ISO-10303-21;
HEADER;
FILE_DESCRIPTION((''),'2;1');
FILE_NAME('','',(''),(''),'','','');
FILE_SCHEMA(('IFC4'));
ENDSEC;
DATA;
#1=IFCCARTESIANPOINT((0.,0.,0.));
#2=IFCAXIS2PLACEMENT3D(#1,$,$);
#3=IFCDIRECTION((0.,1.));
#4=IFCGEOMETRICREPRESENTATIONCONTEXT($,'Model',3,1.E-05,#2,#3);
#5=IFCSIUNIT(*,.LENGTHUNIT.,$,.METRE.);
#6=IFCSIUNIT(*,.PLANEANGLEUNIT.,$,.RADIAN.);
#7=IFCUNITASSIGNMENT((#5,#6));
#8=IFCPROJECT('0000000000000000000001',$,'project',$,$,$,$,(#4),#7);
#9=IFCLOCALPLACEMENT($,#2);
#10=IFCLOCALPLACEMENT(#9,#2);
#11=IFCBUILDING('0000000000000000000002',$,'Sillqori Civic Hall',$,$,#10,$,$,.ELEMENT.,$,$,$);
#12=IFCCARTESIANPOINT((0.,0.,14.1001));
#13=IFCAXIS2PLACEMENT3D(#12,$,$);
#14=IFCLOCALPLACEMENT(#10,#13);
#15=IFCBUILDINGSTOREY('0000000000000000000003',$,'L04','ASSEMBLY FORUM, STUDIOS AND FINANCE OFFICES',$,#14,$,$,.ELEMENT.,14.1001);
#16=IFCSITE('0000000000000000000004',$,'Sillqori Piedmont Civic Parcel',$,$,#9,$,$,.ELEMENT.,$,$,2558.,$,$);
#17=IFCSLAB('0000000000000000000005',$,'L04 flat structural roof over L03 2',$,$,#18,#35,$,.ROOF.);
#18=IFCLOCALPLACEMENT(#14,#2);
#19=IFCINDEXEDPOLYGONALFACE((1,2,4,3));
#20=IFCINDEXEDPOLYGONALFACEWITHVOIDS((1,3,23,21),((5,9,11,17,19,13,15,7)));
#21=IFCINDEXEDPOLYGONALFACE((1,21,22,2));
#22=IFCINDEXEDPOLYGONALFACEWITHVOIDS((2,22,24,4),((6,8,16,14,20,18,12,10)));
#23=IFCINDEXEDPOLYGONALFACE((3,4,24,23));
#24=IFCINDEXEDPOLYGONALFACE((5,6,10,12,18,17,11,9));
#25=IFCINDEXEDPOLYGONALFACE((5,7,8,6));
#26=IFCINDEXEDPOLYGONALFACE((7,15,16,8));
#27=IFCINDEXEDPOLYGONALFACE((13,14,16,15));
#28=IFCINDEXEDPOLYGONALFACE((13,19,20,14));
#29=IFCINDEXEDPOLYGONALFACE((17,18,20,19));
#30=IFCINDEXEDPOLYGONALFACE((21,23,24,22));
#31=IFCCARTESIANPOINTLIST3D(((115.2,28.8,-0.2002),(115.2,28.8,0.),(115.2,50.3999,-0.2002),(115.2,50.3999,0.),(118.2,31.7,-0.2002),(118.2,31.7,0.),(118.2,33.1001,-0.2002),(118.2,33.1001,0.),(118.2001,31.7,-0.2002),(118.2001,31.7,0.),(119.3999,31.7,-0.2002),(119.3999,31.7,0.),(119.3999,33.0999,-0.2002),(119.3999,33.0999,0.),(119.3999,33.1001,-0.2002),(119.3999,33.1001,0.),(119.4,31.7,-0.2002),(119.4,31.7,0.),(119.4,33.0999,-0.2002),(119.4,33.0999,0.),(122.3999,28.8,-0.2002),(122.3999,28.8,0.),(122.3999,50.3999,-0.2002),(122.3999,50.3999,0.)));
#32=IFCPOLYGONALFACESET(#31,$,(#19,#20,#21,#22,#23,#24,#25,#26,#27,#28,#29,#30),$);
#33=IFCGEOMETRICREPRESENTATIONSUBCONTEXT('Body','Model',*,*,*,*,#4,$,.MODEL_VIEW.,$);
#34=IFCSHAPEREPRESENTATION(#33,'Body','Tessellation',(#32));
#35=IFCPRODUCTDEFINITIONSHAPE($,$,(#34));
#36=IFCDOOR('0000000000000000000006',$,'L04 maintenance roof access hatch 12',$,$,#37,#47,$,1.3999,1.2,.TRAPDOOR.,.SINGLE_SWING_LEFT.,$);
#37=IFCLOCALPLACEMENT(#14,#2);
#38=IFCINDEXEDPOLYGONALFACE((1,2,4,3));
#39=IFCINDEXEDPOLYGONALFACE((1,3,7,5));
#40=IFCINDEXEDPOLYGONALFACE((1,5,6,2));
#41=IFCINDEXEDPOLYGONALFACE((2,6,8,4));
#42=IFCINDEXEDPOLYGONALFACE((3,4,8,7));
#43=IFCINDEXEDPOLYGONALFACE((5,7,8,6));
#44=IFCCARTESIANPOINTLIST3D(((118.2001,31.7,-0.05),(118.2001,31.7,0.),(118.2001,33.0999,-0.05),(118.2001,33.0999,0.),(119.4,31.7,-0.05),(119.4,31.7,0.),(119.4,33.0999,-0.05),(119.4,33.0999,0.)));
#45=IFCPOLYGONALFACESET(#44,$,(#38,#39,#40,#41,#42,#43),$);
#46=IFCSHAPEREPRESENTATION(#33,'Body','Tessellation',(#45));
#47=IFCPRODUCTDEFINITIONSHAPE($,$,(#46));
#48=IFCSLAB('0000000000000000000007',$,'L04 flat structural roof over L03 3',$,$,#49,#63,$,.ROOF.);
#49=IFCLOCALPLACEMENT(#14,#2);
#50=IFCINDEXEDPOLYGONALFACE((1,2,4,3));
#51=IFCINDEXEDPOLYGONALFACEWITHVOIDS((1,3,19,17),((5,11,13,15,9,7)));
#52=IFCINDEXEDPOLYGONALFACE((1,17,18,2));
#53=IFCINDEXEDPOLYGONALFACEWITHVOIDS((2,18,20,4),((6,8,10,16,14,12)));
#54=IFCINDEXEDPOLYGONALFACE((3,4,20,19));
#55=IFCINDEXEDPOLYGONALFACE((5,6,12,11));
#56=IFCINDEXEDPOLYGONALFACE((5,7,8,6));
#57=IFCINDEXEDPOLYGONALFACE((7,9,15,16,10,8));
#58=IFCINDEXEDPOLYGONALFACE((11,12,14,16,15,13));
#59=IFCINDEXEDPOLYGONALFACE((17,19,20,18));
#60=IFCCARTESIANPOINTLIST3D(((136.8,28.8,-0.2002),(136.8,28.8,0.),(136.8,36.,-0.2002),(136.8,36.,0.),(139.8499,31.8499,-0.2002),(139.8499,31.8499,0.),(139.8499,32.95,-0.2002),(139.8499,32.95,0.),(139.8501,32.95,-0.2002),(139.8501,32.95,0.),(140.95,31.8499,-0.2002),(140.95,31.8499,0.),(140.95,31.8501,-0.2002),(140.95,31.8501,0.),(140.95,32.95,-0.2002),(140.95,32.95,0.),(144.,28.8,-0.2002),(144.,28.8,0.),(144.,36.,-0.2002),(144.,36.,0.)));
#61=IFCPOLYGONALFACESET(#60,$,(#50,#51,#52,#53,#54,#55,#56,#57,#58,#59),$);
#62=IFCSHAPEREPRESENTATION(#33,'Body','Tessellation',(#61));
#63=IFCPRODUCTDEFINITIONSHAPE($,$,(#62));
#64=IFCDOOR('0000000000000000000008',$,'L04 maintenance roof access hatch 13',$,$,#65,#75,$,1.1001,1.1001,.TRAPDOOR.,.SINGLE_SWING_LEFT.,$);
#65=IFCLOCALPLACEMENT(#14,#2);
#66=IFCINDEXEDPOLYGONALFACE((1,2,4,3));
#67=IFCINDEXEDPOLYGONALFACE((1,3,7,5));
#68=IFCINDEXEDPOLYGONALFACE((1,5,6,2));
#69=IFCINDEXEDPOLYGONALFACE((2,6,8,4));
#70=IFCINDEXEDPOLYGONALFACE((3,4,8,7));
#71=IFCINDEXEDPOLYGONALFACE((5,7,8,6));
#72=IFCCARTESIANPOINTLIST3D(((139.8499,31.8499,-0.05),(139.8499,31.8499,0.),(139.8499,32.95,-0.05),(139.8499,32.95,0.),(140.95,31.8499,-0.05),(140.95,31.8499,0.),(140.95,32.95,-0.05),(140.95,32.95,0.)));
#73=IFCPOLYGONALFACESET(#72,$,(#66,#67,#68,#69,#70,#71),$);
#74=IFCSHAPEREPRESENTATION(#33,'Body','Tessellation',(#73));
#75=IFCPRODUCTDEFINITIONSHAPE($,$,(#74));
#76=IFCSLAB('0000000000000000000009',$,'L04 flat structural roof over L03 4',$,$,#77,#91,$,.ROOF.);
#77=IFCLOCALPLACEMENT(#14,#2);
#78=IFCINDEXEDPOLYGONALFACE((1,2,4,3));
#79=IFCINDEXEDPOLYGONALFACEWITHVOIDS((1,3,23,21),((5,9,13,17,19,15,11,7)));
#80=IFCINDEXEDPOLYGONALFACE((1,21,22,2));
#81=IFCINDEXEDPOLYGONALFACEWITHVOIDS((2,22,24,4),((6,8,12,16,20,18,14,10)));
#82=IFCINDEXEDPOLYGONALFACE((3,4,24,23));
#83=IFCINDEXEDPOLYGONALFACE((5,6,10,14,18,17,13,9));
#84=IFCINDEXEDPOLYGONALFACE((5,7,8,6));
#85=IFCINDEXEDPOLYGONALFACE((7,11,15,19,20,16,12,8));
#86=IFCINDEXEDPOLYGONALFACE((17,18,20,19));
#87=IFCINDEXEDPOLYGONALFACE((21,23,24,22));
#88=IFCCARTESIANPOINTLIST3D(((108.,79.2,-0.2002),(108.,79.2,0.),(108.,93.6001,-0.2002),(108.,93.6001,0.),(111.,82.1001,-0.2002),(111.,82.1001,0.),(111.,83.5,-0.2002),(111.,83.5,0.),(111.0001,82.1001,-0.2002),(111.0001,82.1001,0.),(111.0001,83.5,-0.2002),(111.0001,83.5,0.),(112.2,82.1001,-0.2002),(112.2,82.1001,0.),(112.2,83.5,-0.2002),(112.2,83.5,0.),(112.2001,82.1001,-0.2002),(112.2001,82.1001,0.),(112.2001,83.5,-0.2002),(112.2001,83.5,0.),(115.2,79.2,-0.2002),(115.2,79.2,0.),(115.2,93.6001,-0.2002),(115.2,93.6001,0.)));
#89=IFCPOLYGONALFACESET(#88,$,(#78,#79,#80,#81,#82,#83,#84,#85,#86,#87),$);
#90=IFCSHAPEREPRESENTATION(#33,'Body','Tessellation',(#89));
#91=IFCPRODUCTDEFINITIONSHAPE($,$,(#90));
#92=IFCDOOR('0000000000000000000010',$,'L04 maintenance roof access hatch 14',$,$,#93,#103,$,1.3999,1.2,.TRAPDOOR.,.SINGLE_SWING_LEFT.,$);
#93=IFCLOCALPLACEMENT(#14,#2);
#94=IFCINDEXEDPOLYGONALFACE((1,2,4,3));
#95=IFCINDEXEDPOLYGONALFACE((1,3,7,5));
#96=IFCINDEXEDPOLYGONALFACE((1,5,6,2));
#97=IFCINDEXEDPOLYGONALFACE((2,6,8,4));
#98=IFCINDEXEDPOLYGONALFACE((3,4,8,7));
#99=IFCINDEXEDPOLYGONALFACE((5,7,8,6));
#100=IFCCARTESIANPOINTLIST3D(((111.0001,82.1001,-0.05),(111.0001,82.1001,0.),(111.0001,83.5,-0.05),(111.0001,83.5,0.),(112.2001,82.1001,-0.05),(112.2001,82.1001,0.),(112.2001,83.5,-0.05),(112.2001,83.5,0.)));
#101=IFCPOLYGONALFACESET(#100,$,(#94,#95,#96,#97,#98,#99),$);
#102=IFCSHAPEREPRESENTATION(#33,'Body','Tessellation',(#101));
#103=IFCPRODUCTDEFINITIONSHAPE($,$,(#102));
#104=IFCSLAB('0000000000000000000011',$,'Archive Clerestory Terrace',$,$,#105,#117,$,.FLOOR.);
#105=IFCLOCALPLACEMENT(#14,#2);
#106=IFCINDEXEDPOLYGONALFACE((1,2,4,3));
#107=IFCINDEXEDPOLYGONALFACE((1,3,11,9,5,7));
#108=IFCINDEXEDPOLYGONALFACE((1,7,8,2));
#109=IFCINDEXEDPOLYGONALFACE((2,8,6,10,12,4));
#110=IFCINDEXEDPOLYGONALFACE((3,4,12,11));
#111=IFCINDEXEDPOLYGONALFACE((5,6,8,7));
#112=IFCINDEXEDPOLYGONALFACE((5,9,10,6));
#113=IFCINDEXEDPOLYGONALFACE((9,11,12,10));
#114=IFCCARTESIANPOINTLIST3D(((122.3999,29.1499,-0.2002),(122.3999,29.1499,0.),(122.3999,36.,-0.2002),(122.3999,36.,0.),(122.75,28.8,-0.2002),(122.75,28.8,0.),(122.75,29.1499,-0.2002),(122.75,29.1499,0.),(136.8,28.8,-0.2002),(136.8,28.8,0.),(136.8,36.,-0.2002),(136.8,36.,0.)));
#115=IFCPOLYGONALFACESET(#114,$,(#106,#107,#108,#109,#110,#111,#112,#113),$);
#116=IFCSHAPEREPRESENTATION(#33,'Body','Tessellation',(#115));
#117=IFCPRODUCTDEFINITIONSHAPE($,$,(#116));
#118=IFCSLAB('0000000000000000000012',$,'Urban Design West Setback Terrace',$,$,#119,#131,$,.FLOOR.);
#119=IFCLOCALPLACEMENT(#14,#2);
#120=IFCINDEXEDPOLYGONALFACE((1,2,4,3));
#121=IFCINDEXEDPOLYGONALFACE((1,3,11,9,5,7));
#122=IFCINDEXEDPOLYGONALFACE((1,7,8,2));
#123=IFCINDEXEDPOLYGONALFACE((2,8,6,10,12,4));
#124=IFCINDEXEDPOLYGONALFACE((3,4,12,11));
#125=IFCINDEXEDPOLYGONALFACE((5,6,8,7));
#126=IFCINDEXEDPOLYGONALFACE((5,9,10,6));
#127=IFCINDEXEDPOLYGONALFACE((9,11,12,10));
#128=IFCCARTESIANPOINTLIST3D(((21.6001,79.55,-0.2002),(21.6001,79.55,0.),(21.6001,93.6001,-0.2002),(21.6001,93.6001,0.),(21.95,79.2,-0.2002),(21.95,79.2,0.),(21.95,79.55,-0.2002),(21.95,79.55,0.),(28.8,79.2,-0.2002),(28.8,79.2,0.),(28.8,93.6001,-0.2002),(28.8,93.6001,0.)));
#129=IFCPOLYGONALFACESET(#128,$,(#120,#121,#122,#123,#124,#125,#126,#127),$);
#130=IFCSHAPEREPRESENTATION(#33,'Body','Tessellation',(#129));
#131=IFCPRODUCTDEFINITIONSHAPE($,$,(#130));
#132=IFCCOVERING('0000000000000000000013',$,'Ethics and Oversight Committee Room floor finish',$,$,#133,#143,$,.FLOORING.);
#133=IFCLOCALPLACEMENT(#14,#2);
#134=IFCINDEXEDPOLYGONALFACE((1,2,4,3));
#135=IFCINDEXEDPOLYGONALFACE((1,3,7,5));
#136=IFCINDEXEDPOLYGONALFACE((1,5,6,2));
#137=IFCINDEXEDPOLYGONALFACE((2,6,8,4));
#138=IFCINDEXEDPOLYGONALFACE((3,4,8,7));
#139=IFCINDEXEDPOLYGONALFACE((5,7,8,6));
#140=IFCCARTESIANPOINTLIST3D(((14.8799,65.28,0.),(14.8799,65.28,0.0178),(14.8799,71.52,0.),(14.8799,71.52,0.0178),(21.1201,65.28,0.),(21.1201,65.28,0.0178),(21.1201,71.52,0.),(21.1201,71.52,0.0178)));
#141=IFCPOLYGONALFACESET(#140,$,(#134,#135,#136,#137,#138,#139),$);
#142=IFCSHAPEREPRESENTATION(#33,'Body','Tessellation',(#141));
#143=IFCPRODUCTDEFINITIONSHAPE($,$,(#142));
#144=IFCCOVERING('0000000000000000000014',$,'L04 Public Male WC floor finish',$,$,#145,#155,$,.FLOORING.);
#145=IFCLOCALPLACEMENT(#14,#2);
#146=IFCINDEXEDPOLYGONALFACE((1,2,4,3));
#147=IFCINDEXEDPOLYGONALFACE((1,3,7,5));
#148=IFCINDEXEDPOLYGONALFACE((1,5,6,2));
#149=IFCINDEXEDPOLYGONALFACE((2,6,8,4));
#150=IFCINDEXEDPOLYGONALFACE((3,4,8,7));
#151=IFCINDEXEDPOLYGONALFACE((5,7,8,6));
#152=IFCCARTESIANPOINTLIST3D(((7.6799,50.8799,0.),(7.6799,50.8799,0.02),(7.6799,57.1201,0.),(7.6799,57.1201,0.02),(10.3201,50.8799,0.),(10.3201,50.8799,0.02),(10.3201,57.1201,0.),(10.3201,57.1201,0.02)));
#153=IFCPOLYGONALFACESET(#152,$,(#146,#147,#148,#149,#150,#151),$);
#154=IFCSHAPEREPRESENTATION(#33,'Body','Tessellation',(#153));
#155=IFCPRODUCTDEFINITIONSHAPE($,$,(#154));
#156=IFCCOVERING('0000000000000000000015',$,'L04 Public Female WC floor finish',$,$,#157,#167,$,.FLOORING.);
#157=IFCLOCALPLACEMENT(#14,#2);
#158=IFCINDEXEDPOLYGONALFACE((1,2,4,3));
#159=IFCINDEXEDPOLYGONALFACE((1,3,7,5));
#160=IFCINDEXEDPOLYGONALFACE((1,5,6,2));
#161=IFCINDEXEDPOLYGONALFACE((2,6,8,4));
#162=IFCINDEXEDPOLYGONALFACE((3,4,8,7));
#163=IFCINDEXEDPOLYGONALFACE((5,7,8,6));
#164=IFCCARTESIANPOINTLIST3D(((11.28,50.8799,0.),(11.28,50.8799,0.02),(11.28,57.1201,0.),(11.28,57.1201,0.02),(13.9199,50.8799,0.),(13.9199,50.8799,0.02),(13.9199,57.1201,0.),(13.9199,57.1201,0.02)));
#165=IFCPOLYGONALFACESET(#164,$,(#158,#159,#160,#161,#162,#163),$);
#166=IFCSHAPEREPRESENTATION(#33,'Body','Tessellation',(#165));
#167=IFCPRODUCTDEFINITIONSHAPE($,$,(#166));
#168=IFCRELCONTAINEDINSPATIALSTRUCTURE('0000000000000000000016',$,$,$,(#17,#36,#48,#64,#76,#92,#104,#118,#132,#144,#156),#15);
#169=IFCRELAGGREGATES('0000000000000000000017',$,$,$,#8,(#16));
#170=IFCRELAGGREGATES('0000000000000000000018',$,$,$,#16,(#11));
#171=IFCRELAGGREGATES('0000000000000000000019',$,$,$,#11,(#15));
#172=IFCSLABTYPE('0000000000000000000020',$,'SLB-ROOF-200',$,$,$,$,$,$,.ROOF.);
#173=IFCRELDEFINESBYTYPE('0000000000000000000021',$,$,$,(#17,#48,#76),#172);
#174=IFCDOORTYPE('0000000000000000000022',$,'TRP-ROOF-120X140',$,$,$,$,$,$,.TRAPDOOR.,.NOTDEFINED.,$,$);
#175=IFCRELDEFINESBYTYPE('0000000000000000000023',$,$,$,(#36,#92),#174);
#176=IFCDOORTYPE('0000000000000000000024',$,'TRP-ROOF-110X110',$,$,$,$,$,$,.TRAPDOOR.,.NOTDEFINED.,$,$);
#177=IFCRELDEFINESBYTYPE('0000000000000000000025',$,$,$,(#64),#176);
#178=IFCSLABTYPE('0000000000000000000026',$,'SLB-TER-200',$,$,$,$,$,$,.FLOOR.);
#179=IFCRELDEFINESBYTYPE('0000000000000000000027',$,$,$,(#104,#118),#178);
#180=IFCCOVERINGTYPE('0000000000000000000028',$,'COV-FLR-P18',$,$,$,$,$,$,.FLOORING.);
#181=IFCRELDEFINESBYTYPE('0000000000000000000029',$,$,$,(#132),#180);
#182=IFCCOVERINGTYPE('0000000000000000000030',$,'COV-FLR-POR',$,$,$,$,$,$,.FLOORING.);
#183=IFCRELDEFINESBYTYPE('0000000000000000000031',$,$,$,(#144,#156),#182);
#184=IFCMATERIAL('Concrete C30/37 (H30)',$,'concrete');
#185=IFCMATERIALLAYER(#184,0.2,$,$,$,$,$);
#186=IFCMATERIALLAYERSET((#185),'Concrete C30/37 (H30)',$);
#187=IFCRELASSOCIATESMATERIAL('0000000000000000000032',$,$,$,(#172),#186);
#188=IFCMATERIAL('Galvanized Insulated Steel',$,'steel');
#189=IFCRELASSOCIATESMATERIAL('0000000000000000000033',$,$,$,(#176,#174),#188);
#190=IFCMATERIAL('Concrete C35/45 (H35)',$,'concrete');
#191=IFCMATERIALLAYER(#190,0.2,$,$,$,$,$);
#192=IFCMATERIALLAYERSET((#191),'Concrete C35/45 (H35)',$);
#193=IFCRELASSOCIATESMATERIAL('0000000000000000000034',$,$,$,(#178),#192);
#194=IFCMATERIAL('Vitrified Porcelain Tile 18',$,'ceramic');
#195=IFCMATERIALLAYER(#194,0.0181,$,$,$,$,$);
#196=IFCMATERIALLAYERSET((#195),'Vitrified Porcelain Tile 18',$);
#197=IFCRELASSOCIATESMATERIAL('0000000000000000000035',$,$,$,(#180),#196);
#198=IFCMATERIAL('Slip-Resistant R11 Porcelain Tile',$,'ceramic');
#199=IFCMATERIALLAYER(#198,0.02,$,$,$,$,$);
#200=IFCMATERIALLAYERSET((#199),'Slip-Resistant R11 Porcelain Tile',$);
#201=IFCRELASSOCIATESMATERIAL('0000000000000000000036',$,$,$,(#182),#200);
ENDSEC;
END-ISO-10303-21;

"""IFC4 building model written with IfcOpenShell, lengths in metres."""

from ifc_helpers import new_model, si_unit, direction, frame, origin, origin_2d, place, context, subcontext, project, spatial, polyline, rectangle, outline, extrude, material, layer, layer_set, type_object, element, fill, save


model = new_model("IFC4")

# Units and contexts
model_context = context("Model", 3, precision=1e-05, world=origin(), true_north=direction((0.0, 1.0)))
body_context = subcontext(model_context, "Body", "Model", "MODEL_VIEW")
ifc_project = project(units=[si_unit("LENGTHUNIT", "METRE"), si_unit("PLANEANGLEUNIT", "RADIAN")], contexts=[model_context])

# Site, building, storey
site_placement = place(None, origin())
site = spatial("IfcSite", under=ifc_project, at=site_placement, Name="Sillqori Piedmont Civic Parcel", CompositionType="ELEMENT", RefElevation=2558.0)
building_placement = place(site_placement, origin())
building = spatial("IfcBuilding", under=site, at=building_placement, Name="Sillqori Civic Hall", CompositionType="ELEMENT")
storey_placement = place(building_placement, frame((0.0, 0.0, 14.1001)))
storey = spatial("IfcBuildingStorey", under=building, at=storey_placement, Name="L04", Description="ASSEMBLY FORUM, STUDIOS AND FINANCE OFFICES", CompositionType="ELEMENT", Elevation=14.1001)

# Shared definitions
ifc_material_1 = material(Name="Concrete C30/37 (H30)", Category="concrete")
ifc_material_2 = material(Name="Concrete C35/45 (H35)", Category="concrete")

# Slabs, openings, doors
ifc_layer_1 = layer(ifc_material_1, 0.2)
ifc_layer_set_1 = layer_set([ifc_layer_1], Name="Concrete C30/37 (H30)")
slab_type_1 = type_object("IfcSlabType", Name="SLB-ROOF-200", PredefinedType="ROOF", material=ifc_layer_set_1)
ifc_material_3 = material(Name="Galvanized Insulated Steel", Category="steel")
door_type_1 = type_object("IfcDoorType", Name="TRP-ROOF-110X110", OperationType="NOTDEFINED", PredefinedType="TRAPDOOR", material=ifc_material_3)
slab_1_placement = place(storey_placement, frame((0.0, 0.0, -0.2002)))
slab_1 = element("IfcSlab", 1, at=slab_1_placement, inside=storey, type_object=slab_type_1, Name="L04 flat structural roof over L03 2", PredefinedType="ROOF", context=body_context, shape_type="SweptSolid", body=[
    extrude(outline(polyline([(115.2, 28.8), (115.2, 36.0), (115.2, 43.2), (115.2, 50.3999), (122.3999, 50.3999), (122.3999, 43.2), (122.3999, 36.0), (122.3999, 28.8), (115.2, 28.8)]), holes=[polyline([(118.2, 31.7), (118.2, 33.1001), (119.3999, 33.1001), (119.3999, 31.7), (118.2, 31.7)])]), origin(), (0.0, 0.0, 1.0), 0.2002),
])
opening_1_placement = place(slab_1_placement, frame((118.8, 32.3999, 0.0)))
opening_1 = element("IfcOpeningElement", 2, at=opening_1_placement, cuts=slab_1, PredefinedType="OPENING", context=body_context, shape_type="SweptSolid", body=[
    extrude(rectangle(XDim=1.2, YDim=1.3999, at=origin_2d()), frame((0.0, 0.0, -0.01)), (0.0, 0.0, 1.0), 0.2202),
])
door_type_2 = type_object("IfcDoorType", Name="TRP-ROOF-120X140", OperationType="NOTDEFINED", PredefinedType="TRAPDOOR", material=ifc_material_3)
door_1_placement = place(opening_1_placement, frame((0.0, 0.0, 0.1501)))
door_1 = element("IfcDoor", 3, at=door_1_placement, inside=storey, type_object=door_type_2, Name="L04 maintenance roof access hatch 12", OperationType="SINGLE_SWING_LEFT", OverallHeight=1.3999, OverallWidth=1.2, PredefinedType="TRAPDOOR", context=body_context, shape_type="SweptSolid", body=[
    extrude(rectangle(XDim=1.2, YDim=1.3999, at=origin_2d()), origin(), (0.0, 0.0, 1.0), 0.05),
])
fill(opening_1, door_1)
slab_2_placement = place(storey_placement, frame((0.0, 0.0, -0.2002)))
slab_2 = element("IfcSlab", 4, at=slab_2_placement, inside=storey, type_object=slab_type_1, Name="L04 flat structural roof over L03 3", PredefinedType="ROOF", context=body_context, shape_type="SweptSolid", body=[
    extrude(outline(polyline([(144.0, 28.8), (136.8, 28.8), (136.8, 36.0), (144.0, 36.0), (144.0, 28.8)]), holes=[polyline([(139.8501, 31.8501), (139.8501, 32.95), (140.95, 32.95), (140.95, 31.8501), (139.8501, 31.8501)])]), origin(), (0.0, 0.0, 1.0), 0.2002),
])
opening_2_placement = place(slab_2_placement, frame((140.3999, 32.3999, 0.0)))
opening_2 = element("IfcOpeningElement", 5, at=opening_2_placement, cuts=slab_2, PredefinedType="OPENING", context=body_context, shape_type="SweptSolid", body=[
    extrude(rectangle(XDim=1.1001, YDim=1.1001, at=origin_2d()), frame((0.0, 0.0, -0.01)), (0.0, 0.0, 1.0), 0.2202),
])
door_2_placement = place(opening_2_placement, frame((0.0, 0.0, 0.1501)))
door_2 = element("IfcDoor", 6, at=door_2_placement, inside=storey, type_object=door_type_1, Name="L04 maintenance roof access hatch 13", OperationType="SINGLE_SWING_LEFT", OverallHeight=1.1001, OverallWidth=1.1001, PredefinedType="TRAPDOOR", context=body_context, shape_type="SweptSolid", body=[
    extrude(rectangle(XDim=1.1001, YDim=1.1001, at=origin_2d()), origin(), (0.0, 0.0, 1.0), 0.05),
])
fill(opening_2, door_2)
slab_3_placement = place(storey_placement, frame((0.0, 0.0, -0.2002)))
slab_3 = element("IfcSlab", 7, at=slab_3_placement, inside=storey, type_object=slab_type_1, Name="L04 flat structural roof over L03 4", PredefinedType="ROOF", context=body_context, shape_type="SweptSolid", body=[
    extrude(outline(polyline([(115.2, 93.6001), (115.2, 86.3999), (115.2, 79.2), (108.0, 79.2), (108.0, 86.3999), (108.0, 93.6001), (115.2, 93.6001)]), holes=[polyline([(111.0, 82.1001), (111.0, 83.5), (112.2, 83.5), (112.2, 82.1001), (111.0, 82.1001)])]), origin(), (0.0, 0.0, 1.0), 0.2002),
])
opening_3_placement = place(slab_3_placement, frame((111.6001, 82.8, 0.0)))
opening_3 = element("IfcOpeningElement", 8, at=opening_3_placement, cuts=slab_3, PredefinedType="OPENING", context=body_context, shape_type="SweptSolid", body=[
    extrude(rectangle(XDim=1.2, YDim=1.3999, at=origin_2d()), frame((0.0, 0.0, -0.01)), (0.0, 0.0, 1.0), 0.2202),
])
door_3_placement = place(opening_3_placement, frame((0.0, 0.0, 0.1501)))
door_3 = element("IfcDoor", 9, at=door_3_placement, inside=storey, type_object=door_type_2, Name="L04 maintenance roof access hatch 14", OperationType="SINGLE_SWING_LEFT", OverallHeight=1.3999, OverallWidth=1.2, PredefinedType="TRAPDOOR", context=body_context, shape_type="SweptSolid", body=[
    extrude(rectangle(XDim=1.2, YDim=1.3999, at=origin_2d()), origin(), (0.0, 0.0, 1.0), 0.05),
])
fill(opening_3, door_3)

# Slabs
ifc_layer_2 = layer(ifc_material_2, 0.2)
ifc_layer_set_2 = layer_set([ifc_layer_2], Name="Concrete C35/45 (H35)")
slab_type_2 = type_object("IfcSlabType", Name="SLB-TER-200", PredefinedType="FLOOR", material=ifc_layer_set_2)
slab_4_placement = place(storey_placement, frame((0.0, 0.0, -0.2002)))
element("IfcSlab", 10, at=slab_4_placement, inside=storey, type_object=slab_type_2, Name="Archive Clerestory Terrace", PredefinedType="FLOOR", context=body_context, shape_type="SweptSolid", body=[
    extrude(outline(polyline([(122.3999, 36.0), (136.8, 36.0), (136.8, 28.8), (122.75, 28.8), (122.75, 29.1499), (122.3999, 29.1499), (122.3999, 36.0)])), origin(), (0.0, 0.0, 1.0), 0.2002),
])
slab_5_placement = place(storey_placement, frame((0.0, 0.0, -0.2002)))
element("IfcSlab", 11, at=slab_5_placement, inside=storey, type_object=slab_type_2, Name="Urban Design West Setback Terrace", PredefinedType="FLOOR", context=body_context, shape_type="SweptSolid", body=[
    extrude(outline(polyline([(21.6001, 93.6001), (28.8, 93.6001), (28.8, 79.2), (21.95, 79.2), (21.95, 79.55), (21.6001, 79.55), (21.6001, 93.6001)])), origin(), (0.0, 0.0, 1.0), 0.2002),
])

# Coverings
ifc_material_4 = material(Name="Vitrified Porcelain Tile 18", Category="ceramic")
ifc_layer_3 = layer(ifc_material_4, 0.0181)
ifc_layer_set_3 = layer_set([ifc_layer_3], Name="Vitrified Porcelain Tile 18")
covering_type_1 = type_object("IfcCoveringType", Name="COV-FLR-P18", PredefinedType="FLOORING", material=ifc_layer_set_3)
covering_1_placement = place(storey_placement, origin())
element("IfcCovering", 12, at=covering_1_placement, inside=storey, type_object=covering_type_1, Name="Ethics and Oversight Committee Room floor finish", PredefinedType="FLOORING", context=body_context, shape_type="SweptSolid", body=[
    extrude(outline(polyline([(14.8799, 65.28), (21.1201, 65.28), (21.1201, 71.52), (14.8799, 71.52), (14.8799, 65.28)])), origin(), (0.0, 0.0, 1.0), 0.0178),
])
ifc_material_5 = material(Name="Slip-Resistant R11 Porcelain Tile", Category="ceramic")
ifc_layer_4 = layer(ifc_material_5, 0.02)
ifc_layer_set_4 = layer_set([ifc_layer_4], Name="Slip-Resistant R11 Porcelain Tile")
covering_type_2 = type_object("IfcCoveringType", Name="COV-FLR-POR", PredefinedType="FLOORING", material=ifc_layer_set_4)
covering_2_placement = place(storey_placement, origin())
element("IfcCovering", 13, at=covering_2_placement, inside=storey, type_object=covering_type_2, Name="L04 Public Male WC floor finish", PredefinedType="FLOORING", context=body_context, shape_type="SweptSolid", body=[
    extrude(outline(polyline([(7.6799, 50.8799), (10.3201, 50.8799), (10.3201, 57.1201), (7.6799, 57.1201), (7.6799, 50.8799)])), origin(), (0.0, 0.0, 1.0), 0.02),
])
covering_3_placement = place(storey_placement, origin())
element("IfcCovering", 14, at=covering_3_placement, inside=storey, type_object=covering_type_2, Name="L04 Public Female WC floor finish", PredefinedType="FLOORING", context=body_context, shape_type="SweptSolid", body=[
    extrude(outline(polyline([(11.28, 50.8799), (13.9199, 50.8799), (13.9199, 57.1201), (11.28, 57.1201), (11.28, 50.8799)])), origin(), (0.0, 0.0, 1.0), 0.02),
])

save(model, "model.ifc")
